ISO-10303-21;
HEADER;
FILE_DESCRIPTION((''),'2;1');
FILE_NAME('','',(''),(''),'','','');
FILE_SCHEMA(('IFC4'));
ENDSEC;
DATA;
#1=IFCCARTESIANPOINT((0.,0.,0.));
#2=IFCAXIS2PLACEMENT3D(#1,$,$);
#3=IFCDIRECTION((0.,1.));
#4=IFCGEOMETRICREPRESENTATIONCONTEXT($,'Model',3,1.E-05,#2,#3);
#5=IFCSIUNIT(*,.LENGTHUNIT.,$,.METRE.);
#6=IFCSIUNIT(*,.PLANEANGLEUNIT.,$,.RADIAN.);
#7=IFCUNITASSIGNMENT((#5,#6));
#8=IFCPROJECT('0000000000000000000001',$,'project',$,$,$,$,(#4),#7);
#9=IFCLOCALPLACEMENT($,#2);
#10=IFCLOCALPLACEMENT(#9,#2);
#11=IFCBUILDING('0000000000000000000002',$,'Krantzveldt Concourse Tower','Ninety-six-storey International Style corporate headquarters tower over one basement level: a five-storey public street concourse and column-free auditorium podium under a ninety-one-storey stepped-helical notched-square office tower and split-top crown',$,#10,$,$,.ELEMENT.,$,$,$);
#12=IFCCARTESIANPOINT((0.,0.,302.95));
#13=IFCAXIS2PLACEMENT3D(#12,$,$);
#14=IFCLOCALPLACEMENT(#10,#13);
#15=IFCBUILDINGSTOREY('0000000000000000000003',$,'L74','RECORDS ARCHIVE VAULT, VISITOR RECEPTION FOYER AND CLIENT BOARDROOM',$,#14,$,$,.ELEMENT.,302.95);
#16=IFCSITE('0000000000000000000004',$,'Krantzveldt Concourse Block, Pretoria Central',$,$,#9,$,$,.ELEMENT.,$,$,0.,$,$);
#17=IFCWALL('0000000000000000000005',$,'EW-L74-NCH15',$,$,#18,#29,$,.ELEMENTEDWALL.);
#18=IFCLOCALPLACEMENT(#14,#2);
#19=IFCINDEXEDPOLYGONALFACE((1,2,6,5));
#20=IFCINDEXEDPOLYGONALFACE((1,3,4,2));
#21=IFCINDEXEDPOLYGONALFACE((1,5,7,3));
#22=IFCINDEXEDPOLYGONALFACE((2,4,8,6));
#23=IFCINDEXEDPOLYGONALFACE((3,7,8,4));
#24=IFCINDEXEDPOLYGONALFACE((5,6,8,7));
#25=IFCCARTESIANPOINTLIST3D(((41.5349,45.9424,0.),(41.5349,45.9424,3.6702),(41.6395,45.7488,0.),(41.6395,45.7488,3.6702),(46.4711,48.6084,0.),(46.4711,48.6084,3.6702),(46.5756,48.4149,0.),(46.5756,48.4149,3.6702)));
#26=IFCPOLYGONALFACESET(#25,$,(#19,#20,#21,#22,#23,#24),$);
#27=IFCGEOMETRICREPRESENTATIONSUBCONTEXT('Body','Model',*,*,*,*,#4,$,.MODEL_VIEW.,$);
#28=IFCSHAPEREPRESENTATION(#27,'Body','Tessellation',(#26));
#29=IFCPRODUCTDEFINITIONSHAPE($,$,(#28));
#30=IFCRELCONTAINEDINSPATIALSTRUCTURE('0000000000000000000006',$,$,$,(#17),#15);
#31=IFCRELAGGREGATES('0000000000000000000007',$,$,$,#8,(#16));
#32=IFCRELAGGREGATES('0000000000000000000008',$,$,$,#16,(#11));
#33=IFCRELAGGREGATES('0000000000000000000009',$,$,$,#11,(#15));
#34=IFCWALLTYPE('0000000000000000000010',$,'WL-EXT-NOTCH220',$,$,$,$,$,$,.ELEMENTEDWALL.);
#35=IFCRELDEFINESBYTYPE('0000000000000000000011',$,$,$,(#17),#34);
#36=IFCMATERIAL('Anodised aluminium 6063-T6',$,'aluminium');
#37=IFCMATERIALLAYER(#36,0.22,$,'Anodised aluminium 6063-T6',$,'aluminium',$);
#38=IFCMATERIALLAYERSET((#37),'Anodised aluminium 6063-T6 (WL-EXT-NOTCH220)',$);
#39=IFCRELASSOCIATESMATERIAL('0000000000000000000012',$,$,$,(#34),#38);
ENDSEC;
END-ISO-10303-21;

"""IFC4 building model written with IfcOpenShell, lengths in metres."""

from ifc_helpers import new_model, si_unit, direction, frame, frame_2d, origin, place, context, subcontext, project, spatial, rectangle, extrude, material, layer, layer_set, type_object, element, save


model = new_model("IFC4")

# Units and contexts
model_context = context("Model", 3, precision=1e-05, world=origin(), true_north=direction((0.0, 1.0)))
body_context = subcontext(model_context, "Body", "Model", "MODEL_VIEW")
ifc_project = project(units=[si_unit("LENGTHUNIT", "METRE"), si_unit("PLANEANGLEUNIT", "RADIAN")], contexts=[model_context])

# Site, building, storey
site_placement = place(None, origin())
site = spatial("IfcSite", under=ifc_project, at=site_placement, Name="Krantzveldt Concourse Block, Pretoria Central", CompositionType="ELEMENT", RefElevation=0.0)
building_placement = place(site_placement, origin())
building = spatial("IfcBuilding", under=site, at=building_placement, Name="Krantzveldt Concourse Tower", Description="Ninety-six-storey International Style corporate headquarters tower over one basement level: a five-storey public street concourse and column-free auditorium podium under a ninety-one-storey stepped-helical notched-square office tower and split-top crown", CompositionType="ELEMENT")
storey_placement = place(building_placement, frame((0.0, 0.0, 302.95)))
storey = spatial("IfcBuildingStorey", under=building, at=storey_placement, Name="L74", Description="RECORDS ARCHIVE VAULT, VISITOR RECEPTION FOYER AND CLIENT BOARDROOM", CompositionType="ELEMENT", Elevation=302.95)

# Shared definitions
ifc_material_1 = material(Name="Anodised aluminium 6063-T6", Category="aluminium")

# Shared definitions
ifc_layer_1 = layer(ifc_material_1, 0.22, Name="Anodised aluminium 6063-T6", Category="aluminium")
ifc_layer_set_1 = layer_set([ifc_layer_1], Name="Anodised aluminium 6063-T6 (WL-EXT-NOTCH220)")
wall_type = type_object("IfcWallType", Name="WL-EXT-NOTCH220", PredefinedType="ELEMENTEDWALL", material=ifc_layer_set_1)

# Wall
wall_1_placement = place(storey_placement, frame((46.5234, 48.5117, 0.0), z_axis=(0.0, 0.0, 1.0), x_axis=(-0.879864, -0.475226, 0.0)))
element("IfcWall", 1, at=wall_1_placement, inside=storey, type_object=wall_type, Name="EW-L74-NCH15", PredefinedType="ELEMENTEDWALL", context=body_context, shape_type="SweptSolid", body=[
    extrude(rectangle(XDim=5.6101, YDim=0.22, at=frame_2d((2.8052, 0.0))), origin(), (0.0, 0.0, 1.0), 3.6702),
])

save(model, "model.ifc")
